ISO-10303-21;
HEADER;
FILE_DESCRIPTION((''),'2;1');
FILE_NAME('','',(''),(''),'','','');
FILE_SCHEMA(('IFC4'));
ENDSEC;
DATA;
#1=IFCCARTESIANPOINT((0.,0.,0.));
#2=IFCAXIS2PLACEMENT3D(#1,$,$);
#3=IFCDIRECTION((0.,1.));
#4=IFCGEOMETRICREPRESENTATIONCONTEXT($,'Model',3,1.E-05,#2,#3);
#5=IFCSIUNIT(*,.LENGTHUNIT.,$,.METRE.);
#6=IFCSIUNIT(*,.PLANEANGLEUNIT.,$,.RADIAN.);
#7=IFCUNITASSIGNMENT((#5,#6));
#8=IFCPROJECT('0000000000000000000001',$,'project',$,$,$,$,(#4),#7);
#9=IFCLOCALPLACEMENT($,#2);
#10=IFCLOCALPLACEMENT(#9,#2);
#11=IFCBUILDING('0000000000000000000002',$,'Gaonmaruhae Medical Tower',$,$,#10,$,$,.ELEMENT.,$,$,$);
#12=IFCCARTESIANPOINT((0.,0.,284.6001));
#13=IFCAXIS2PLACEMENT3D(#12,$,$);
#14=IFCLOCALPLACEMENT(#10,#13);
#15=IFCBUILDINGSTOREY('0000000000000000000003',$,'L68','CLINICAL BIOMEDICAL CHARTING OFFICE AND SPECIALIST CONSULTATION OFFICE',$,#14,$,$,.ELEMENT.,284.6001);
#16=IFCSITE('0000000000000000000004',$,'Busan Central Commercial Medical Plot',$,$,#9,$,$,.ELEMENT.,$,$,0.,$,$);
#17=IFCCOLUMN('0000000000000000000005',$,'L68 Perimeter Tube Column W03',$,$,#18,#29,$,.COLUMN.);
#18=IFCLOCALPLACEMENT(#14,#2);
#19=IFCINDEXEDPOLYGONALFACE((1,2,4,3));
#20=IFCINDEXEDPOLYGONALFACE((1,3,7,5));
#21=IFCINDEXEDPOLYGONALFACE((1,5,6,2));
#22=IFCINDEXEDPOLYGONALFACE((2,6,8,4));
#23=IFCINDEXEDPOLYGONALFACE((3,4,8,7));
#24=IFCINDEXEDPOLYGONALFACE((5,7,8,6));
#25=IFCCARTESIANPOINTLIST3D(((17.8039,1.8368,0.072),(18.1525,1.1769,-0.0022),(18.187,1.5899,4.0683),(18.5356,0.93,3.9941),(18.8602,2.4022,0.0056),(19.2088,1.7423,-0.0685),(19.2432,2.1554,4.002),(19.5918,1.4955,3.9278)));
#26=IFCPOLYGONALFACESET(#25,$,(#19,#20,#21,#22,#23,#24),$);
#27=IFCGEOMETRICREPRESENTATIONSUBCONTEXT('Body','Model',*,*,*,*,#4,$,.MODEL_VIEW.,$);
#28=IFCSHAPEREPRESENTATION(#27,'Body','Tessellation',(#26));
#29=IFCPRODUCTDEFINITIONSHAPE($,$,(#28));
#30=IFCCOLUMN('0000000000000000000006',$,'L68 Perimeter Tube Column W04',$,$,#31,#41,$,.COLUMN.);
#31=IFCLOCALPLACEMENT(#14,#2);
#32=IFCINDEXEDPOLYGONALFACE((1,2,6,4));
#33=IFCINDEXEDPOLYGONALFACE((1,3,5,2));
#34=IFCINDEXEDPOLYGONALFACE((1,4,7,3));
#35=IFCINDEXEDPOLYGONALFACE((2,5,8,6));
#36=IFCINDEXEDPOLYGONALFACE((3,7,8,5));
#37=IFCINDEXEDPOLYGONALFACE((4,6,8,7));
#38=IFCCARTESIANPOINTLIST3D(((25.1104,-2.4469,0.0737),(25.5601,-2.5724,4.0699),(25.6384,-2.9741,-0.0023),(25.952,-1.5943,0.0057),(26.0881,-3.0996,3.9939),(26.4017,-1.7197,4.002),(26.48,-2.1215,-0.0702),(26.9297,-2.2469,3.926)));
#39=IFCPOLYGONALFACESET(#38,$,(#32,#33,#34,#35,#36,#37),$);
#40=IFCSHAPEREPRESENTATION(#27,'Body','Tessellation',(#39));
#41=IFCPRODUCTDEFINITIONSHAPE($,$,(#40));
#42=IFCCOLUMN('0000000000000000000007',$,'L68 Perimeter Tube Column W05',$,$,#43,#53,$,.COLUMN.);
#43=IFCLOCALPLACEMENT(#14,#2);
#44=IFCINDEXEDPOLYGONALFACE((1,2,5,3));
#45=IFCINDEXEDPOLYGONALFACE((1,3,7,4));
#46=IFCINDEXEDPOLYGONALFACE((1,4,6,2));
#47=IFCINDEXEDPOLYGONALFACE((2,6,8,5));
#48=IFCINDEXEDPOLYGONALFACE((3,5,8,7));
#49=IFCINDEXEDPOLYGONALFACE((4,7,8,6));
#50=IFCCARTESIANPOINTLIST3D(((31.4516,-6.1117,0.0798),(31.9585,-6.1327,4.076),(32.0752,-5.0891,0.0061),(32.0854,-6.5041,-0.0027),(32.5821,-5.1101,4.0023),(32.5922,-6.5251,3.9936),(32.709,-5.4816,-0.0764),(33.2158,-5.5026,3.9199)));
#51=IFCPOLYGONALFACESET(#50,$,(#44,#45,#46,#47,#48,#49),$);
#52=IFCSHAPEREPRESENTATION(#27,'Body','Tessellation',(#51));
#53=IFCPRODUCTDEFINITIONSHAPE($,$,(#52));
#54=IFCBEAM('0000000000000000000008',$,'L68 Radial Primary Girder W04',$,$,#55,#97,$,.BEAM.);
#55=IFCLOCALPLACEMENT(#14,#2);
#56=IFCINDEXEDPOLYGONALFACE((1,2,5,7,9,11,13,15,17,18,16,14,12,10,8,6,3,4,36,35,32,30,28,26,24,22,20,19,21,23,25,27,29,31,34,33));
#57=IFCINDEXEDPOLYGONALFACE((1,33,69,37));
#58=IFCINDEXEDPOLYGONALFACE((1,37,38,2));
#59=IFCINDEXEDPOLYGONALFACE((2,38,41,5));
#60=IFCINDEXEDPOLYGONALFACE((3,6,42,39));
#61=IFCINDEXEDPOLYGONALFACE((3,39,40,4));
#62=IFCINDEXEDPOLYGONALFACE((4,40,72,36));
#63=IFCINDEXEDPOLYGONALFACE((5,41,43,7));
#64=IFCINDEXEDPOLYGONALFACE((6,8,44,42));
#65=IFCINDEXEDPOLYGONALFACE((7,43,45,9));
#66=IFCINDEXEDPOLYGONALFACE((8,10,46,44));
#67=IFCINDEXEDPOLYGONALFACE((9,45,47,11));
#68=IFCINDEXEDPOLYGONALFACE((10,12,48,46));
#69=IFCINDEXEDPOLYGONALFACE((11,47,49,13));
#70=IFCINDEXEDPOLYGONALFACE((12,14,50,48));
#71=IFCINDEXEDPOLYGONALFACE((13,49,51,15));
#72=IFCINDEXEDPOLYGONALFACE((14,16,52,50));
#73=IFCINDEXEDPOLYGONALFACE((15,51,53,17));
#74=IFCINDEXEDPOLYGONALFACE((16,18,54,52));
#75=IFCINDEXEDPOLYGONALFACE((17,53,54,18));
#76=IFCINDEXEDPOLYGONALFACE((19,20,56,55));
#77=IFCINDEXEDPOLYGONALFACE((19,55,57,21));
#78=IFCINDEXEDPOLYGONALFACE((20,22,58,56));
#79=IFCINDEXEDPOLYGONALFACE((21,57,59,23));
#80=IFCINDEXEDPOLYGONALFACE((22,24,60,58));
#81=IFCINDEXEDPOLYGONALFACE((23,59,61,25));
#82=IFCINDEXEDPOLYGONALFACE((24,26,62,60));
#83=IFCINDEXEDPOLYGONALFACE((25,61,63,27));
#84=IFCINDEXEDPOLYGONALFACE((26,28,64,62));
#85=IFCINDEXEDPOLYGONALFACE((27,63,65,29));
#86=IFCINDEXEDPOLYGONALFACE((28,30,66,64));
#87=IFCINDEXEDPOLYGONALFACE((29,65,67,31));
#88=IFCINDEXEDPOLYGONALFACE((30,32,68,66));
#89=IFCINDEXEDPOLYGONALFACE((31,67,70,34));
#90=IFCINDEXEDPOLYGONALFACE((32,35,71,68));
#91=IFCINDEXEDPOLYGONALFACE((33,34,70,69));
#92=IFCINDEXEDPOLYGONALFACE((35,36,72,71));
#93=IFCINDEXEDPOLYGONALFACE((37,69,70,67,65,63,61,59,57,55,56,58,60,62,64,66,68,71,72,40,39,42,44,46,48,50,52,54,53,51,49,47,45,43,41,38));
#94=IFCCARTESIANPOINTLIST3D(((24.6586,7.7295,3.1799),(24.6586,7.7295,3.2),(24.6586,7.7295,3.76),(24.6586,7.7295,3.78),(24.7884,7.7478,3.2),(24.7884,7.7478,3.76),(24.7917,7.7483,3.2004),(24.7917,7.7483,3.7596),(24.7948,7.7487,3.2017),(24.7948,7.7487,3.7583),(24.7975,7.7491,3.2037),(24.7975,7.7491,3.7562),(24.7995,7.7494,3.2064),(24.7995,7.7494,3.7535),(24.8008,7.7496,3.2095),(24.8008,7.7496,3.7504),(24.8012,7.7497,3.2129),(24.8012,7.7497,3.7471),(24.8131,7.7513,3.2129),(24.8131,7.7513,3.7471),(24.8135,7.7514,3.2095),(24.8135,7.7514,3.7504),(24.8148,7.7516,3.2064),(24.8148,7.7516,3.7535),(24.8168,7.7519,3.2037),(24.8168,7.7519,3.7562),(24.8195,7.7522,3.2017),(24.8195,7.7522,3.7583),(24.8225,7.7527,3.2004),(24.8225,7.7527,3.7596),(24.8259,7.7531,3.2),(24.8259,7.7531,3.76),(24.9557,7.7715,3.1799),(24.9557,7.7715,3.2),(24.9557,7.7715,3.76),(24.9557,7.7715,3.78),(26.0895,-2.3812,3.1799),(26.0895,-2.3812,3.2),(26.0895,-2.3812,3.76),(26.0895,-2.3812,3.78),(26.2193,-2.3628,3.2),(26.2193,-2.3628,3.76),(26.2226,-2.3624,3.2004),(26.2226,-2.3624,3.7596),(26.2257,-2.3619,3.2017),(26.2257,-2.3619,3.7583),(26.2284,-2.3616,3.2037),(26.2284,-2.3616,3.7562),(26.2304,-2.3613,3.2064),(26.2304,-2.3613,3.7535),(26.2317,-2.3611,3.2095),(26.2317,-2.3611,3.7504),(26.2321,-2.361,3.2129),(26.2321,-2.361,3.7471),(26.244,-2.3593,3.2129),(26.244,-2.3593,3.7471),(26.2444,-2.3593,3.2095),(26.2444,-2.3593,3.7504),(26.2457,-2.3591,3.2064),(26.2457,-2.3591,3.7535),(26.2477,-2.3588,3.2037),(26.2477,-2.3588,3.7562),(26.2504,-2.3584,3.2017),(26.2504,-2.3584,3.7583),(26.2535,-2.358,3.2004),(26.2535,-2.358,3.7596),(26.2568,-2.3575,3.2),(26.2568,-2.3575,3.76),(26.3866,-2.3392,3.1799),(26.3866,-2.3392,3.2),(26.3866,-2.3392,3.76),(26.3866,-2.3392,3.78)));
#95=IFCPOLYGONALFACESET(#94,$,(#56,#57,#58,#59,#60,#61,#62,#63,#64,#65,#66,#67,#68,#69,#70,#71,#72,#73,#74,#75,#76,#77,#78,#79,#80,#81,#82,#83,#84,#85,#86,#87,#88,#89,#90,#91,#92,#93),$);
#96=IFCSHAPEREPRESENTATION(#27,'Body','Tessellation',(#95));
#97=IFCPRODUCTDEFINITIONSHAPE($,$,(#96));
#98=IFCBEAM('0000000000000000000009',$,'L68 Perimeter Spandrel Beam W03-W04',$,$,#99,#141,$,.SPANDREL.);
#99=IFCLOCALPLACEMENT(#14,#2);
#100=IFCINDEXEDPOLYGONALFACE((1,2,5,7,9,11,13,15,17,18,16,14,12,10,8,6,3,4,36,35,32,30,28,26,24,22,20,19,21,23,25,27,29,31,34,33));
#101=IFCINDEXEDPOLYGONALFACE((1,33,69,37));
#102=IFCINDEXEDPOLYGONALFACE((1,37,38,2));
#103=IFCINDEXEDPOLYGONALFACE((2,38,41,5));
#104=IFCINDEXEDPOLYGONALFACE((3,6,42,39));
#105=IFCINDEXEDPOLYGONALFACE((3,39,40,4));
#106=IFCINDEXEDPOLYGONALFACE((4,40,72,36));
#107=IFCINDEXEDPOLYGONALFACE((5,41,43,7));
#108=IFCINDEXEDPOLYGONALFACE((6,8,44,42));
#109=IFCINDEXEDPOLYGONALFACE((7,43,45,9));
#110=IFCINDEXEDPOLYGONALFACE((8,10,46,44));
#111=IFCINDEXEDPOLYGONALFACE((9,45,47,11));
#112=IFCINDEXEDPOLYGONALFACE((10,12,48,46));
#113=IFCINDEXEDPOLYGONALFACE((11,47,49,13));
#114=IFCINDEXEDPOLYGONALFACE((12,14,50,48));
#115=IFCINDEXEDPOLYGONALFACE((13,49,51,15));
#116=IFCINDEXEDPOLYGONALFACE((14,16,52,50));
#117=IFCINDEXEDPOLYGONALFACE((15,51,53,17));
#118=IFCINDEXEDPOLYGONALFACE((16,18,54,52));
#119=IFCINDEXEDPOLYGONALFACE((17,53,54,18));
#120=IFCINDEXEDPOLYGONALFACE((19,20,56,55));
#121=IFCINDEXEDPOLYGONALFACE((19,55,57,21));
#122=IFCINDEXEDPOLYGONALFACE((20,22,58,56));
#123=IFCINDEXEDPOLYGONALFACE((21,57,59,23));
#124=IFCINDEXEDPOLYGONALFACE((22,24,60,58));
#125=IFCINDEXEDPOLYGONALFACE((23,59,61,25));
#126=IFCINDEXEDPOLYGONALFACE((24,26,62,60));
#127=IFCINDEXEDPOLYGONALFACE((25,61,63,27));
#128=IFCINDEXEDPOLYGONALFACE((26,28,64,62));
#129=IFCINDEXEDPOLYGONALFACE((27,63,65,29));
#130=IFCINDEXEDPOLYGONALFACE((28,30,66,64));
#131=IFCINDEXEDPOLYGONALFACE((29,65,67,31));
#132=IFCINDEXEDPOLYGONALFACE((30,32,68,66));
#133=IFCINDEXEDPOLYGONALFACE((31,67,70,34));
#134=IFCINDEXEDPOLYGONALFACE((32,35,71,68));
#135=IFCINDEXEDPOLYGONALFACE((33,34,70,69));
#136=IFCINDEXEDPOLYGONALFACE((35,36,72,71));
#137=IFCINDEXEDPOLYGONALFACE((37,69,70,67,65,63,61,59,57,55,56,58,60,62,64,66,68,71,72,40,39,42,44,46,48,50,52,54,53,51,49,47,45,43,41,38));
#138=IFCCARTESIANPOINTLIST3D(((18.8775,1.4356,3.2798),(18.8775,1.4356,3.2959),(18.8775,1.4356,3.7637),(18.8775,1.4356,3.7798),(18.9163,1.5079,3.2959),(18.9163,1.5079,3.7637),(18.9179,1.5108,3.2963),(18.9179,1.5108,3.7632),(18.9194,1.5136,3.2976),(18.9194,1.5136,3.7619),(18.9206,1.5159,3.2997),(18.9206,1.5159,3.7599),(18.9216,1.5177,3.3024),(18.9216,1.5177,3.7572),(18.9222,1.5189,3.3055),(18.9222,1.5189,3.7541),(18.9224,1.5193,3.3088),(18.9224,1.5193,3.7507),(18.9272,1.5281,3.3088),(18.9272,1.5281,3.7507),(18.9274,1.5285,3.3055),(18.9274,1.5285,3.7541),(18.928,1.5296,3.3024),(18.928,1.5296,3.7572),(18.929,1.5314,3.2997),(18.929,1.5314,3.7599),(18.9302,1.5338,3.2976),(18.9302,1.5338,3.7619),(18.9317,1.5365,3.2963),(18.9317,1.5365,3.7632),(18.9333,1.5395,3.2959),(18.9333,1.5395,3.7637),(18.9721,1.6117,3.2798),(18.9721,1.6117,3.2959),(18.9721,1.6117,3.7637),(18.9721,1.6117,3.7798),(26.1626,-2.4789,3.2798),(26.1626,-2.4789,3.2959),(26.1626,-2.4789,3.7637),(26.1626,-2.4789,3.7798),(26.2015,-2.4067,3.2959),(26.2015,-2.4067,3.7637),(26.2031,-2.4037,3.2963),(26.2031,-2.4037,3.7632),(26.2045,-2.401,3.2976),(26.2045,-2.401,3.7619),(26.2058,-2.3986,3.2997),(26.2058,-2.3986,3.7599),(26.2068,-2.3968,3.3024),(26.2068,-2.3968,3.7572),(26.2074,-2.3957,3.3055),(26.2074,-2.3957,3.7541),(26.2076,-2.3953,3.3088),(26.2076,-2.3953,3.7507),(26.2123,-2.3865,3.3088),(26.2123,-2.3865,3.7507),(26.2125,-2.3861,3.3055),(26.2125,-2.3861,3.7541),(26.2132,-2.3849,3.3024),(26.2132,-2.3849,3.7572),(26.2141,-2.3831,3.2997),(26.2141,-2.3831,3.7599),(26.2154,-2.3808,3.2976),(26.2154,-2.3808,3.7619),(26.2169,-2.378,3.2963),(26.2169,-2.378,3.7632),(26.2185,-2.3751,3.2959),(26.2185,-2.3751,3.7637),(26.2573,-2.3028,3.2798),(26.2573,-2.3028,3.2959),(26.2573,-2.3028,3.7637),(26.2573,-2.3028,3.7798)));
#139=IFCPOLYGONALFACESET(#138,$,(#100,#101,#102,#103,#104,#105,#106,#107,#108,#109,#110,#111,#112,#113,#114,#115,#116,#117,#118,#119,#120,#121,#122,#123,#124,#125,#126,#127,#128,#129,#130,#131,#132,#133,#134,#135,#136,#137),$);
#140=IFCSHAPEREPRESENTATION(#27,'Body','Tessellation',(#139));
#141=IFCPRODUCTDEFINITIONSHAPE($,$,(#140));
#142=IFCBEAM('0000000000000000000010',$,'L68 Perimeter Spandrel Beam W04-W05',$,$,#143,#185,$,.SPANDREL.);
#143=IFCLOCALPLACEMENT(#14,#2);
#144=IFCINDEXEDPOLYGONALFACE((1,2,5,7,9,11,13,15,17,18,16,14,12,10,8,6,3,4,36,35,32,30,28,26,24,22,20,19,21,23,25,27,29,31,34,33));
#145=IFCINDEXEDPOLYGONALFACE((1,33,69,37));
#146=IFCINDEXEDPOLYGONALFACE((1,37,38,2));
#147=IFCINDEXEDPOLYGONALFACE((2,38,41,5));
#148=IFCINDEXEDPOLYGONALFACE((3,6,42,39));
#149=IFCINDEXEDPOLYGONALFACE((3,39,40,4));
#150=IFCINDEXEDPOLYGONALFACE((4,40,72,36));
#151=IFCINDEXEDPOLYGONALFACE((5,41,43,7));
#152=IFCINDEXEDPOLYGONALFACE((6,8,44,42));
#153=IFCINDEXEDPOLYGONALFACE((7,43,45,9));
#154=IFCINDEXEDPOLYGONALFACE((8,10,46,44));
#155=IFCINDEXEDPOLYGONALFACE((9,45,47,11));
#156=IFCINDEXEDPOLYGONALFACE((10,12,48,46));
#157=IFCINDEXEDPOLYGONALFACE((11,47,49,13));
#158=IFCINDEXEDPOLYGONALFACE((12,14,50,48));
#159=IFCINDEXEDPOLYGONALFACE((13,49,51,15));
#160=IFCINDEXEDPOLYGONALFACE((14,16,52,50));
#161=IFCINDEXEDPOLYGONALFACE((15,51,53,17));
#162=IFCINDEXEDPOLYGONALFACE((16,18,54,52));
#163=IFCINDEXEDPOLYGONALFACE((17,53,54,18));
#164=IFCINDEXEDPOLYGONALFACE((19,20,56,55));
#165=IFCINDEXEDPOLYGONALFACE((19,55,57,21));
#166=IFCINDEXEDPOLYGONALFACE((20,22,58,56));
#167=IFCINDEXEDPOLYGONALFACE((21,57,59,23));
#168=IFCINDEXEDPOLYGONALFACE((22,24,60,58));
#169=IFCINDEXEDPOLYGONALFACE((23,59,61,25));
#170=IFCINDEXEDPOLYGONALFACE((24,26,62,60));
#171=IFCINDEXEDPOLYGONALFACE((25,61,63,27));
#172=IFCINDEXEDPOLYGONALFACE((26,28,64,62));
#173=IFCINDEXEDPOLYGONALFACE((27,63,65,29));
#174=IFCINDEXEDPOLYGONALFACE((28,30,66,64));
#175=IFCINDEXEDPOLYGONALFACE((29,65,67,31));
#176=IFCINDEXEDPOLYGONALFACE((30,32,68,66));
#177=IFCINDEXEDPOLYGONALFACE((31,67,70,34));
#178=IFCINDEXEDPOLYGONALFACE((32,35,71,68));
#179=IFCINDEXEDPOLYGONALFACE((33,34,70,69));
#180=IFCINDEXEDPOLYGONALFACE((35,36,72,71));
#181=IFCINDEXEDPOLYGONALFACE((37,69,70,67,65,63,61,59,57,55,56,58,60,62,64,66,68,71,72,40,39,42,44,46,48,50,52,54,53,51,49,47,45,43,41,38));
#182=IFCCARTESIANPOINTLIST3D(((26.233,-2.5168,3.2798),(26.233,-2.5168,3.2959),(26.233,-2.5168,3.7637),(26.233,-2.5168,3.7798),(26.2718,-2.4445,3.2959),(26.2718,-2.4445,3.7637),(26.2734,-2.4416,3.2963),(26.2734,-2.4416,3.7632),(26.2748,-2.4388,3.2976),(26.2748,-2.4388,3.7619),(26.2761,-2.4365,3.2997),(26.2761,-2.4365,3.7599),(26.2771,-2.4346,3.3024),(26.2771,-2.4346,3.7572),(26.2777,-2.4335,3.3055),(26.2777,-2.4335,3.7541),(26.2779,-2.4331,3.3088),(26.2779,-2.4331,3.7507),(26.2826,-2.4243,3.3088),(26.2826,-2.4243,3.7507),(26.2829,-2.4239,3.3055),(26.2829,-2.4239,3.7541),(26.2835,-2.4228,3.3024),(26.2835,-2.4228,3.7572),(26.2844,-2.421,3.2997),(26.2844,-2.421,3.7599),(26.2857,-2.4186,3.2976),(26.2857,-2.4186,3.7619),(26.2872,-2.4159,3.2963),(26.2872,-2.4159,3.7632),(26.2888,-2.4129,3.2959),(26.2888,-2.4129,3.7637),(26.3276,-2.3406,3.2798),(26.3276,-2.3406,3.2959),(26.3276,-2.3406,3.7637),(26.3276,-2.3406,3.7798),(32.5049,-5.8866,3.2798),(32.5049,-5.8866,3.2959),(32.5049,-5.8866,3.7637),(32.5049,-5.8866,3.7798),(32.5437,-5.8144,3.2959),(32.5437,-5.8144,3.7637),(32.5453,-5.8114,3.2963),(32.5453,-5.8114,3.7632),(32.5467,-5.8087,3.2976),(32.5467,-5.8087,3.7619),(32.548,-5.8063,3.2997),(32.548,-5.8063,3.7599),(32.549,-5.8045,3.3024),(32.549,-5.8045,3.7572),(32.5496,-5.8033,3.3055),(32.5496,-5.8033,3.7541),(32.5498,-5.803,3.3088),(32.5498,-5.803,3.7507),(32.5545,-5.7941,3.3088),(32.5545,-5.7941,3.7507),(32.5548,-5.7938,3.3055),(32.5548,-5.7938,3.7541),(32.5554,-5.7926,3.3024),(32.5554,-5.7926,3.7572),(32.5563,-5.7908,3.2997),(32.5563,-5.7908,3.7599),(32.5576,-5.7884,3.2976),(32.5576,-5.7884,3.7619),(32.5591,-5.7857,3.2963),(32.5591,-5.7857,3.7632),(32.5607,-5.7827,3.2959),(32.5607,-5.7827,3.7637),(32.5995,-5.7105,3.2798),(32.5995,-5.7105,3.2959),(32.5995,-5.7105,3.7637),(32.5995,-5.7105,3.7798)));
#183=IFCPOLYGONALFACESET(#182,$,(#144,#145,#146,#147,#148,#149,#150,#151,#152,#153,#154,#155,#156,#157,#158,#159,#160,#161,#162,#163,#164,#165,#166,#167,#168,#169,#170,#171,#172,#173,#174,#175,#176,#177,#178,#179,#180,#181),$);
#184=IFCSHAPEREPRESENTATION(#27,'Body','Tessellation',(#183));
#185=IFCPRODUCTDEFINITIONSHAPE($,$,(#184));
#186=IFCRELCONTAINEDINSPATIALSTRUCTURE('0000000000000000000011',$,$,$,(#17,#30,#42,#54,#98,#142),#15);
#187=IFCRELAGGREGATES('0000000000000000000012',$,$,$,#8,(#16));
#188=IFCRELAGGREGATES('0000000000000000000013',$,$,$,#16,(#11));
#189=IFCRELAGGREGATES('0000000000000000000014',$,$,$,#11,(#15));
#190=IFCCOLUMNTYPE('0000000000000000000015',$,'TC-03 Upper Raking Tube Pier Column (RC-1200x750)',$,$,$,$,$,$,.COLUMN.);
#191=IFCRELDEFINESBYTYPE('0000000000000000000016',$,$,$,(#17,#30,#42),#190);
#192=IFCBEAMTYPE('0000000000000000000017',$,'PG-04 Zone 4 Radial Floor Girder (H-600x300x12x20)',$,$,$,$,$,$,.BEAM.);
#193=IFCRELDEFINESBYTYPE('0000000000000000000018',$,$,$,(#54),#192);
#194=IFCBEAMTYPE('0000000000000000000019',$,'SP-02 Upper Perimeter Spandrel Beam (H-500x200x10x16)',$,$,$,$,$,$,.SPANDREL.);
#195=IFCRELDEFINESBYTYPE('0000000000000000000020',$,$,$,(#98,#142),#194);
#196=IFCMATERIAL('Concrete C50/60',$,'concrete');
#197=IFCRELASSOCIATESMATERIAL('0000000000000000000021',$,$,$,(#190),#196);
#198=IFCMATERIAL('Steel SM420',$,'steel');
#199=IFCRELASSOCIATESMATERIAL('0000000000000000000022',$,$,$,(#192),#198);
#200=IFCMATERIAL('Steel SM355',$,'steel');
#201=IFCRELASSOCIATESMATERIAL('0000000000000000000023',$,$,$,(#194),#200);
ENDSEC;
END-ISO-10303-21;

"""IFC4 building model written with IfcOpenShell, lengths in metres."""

from ifc_helpers import new_model, si_unit, direction, frame, origin, origin_2d, place, context, subcontext, project, spatial, rectangle, i_section, extrude, material, material_profile, profile_set, type_object, element, save


model = new_model("IFC4")

# Units and contexts
model_context = context("Model", 3, precision=1e-05, world=origin(), true_north=direction((0.0, 1.0)))
body_context = subcontext(model_context, "Body", "Model", "MODEL_VIEW")
ifc_project = project(units=[si_unit("LENGTHUNIT", "METRE"), si_unit("PLANEANGLEUNIT", "RADIAN")], contexts=[model_context])

# Site, building, storey
site_placement = place(None, origin())
site = spatial("IfcSite", under=ifc_project, at=site_placement, Name="Busan Central Commercial Medical Plot", CompositionType="ELEMENT", RefElevation=0.0)
building_placement = place(site_placement, origin())
building = spatial("IfcBuilding", under=site, at=building_placement, Name="Gaonmaruhae Medical Tower", CompositionType="ELEMENT")
storey_placement = place(building_placement, frame((0.0, 0.0, 284.6001)))
storey = spatial("IfcBuildingStorey", under=building, at=storey_placement, Name="L68", Description="CLINICAL BIOMEDICAL CHARTING OFFICE AND SPECIALIST CONSULTATION OFFICE", CompositionType="ELEMENT", Elevation=284.6001)

# Columns
ifc_material_1 = material(Name="Concrete C50/60", Category="concrete")
ifc_material_profile_1 = material_profile(ifc_material_1, rectangle(XDim=1.2, YDim=0.75, at=origin_2d()), Name="RC-1200x750")
ifc_profile_set_1 = profile_set([ifc_material_profile_1], Name="Concrete C50/60")
column_type = type_object("IfcColumnType", Name="TC-03 Upper Raking Tube Pier Column (RC-1200x750)", PredefinedType="COLUMN", material=ifc_profile_set_1)
column_1_placement = place(storey_placement, frame((18.5063, 1.7896, 0.0017), z_axis=(0.095235, -0.061365, 0.993562), x_axis=(-0.880275, -0.471233, 0.055271)))
element("IfcColumn", 1, at=column_1_placement, inside=storey, type_object=column_type, Name="L68 Perimeter Tube Column W03", PredefinedType="COLUMN", context=body_context, shape_type="SweptSolid", body=[
    extrude(rectangle(XDim=1.2, YDim=0.75, at=origin_2d()), origin(), (0.0, 0.0, 1.0), 4.0222),
])
column_2_placement = place(storey_placement, frame((25.7952, -2.2842, 0.0017), z_axis=(0.11177, -0.031189, 0.993245), x_axis=(-0.701354, -0.710561, 0.056611)))
element("IfcColumn", 2, at=column_2_placement, inside=storey, type_object=column_type, Name="L68 Perimeter Tube Column W04", PredefinedType="COLUMN", context=body_context, shape_type="SweptSolid", body=[
    extrude(rectangle(XDim=1.2, YDim=0.75, at=origin_2d()), origin(), (0.0, 0.0, 1.0), 4.0234),
])
column_3_placement = place(storey_placement, frame((32.0803, -5.7966, 0.0017), z_axis=(0.125816, -0.005212, 0.99204), x_axis=(-0.519692, -0.852142, 0.061433)))
element("IfcColumn", 3, at=column_3_placement, inside=storey, type_object=column_type, Name="L68 Perimeter Tube Column W05", PredefinedType="COLUMN", context=body_context, shape_type="SweptSolid", body=[
    extrude(rectangle(XDim=1.2, YDim=0.75, at=origin_2d()), origin(), (0.0, 0.0, 1.0), 4.0283),
])

# Beams
ifc_material_2 = material(Name="Steel SM420", Category="steel")
ifc_material_profile_2 = material_profile(ifc_material_2, i_section(OverallWidth=0.3, OverallDepth=0.6001, WebThickness=0.012, FlangeThickness=0.02, FilletRadius=0.0129, at=origin_2d()), Name="H-600x300x12x20")
ifc_profile_set_2 = profile_set([ifc_material_profile_2], Name="Steel SM420")
beam_type_1 = type_object("IfcBeamType", Name="PG-04 Zone 4 Radial Floor Girder (H-600x300x12x20)", PredefinedType="BEAM", material=ifc_profile_set_2)
beam_1_placement = place(storey_placement, frame((24.8071, 7.7505, 3.48), z_axis=(0.140129, -0.990133, 0.0), x_axis=(0.990133, 0.140129, 0.0)))
element("IfcBeam", 4, at=beam_1_placement, inside=storey, type_object=beam_type_1, Name="L68 Radial Primary Girder W04", PredefinedType="BEAM", context=body_context, shape_type="SweptSolid", body=[
    extrude(i_section(OverallWidth=0.3, OverallDepth=0.6001, WebThickness=0.012, FlangeThickness=0.02, FilletRadius=0.0129, at=origin_2d()), origin(), (0.0, 0.0, 1.0), 10.2114),
])
ifc_material_3 = material(Name="Steel SM355", Category="steel")
ifc_material_profile_3 = material_profile(ifc_material_3, i_section(OverallWidth=0.2, OverallDepth=0.5, WebThickness=0.01, FlangeThickness=0.0161, FilletRadius=0.0129, at=origin_2d()), Name="H-500x200x10x16")
ifc_profile_set_3 = profile_set([ifc_material_profile_3], Name="Steel SM355")
beam_type_2 = type_object("IfcBeamType", Name="SP-02 Upper Perimeter Spandrel Beam (H-500x200x10x16)", PredefinedType="SPANDREL", material=ifc_profile_set_3)
beam_2_placement = place(storey_placement, frame((18.9248, 1.5237, 3.5298), z_axis=(0.880886, -0.473329, 0.0), x_axis=(0.473329, 0.880886, 0.0)))
element("IfcBeam", 5, at=beam_2_placement, inside=storey, type_object=beam_type_2, Name="L68 Perimeter Spandrel Beam W03-W04", PredefinedType="SPANDREL", context=body_context, shape_type="SweptSolid", body=[
    extrude(i_section(OverallWidth=0.2, OverallDepth=0.5, WebThickness=0.01, FlangeThickness=0.0161, FilletRadius=0.0129, at=origin_2d()), origin(), (0.0, 0.0, 1.0), 8.2703),
])
beam_3_placement = place(storey_placement, frame((26.2803, -2.4287, 3.5298), z_axis=(0.880901, -0.4733, 0.0), x_axis=(0.4733, 0.880901, 0.0)))
element("IfcBeam", 6, at=beam_3_placement, inside=storey, type_object=beam_type_2, Name="L68 Perimeter Spandrel Beam W04-W05", PredefinedType="SPANDREL", context=body_context, shape_type="SweptSolid", body=[
    extrude(i_section(OverallWidth=0.2, OverallDepth=0.5, WebThickness=0.01, FlangeThickness=0.0161, FilletRadius=0.0129, at=origin_2d()), origin(), (0.0, 0.0, 1.0), 7.1199),
])

save(model, "model.ifc")
